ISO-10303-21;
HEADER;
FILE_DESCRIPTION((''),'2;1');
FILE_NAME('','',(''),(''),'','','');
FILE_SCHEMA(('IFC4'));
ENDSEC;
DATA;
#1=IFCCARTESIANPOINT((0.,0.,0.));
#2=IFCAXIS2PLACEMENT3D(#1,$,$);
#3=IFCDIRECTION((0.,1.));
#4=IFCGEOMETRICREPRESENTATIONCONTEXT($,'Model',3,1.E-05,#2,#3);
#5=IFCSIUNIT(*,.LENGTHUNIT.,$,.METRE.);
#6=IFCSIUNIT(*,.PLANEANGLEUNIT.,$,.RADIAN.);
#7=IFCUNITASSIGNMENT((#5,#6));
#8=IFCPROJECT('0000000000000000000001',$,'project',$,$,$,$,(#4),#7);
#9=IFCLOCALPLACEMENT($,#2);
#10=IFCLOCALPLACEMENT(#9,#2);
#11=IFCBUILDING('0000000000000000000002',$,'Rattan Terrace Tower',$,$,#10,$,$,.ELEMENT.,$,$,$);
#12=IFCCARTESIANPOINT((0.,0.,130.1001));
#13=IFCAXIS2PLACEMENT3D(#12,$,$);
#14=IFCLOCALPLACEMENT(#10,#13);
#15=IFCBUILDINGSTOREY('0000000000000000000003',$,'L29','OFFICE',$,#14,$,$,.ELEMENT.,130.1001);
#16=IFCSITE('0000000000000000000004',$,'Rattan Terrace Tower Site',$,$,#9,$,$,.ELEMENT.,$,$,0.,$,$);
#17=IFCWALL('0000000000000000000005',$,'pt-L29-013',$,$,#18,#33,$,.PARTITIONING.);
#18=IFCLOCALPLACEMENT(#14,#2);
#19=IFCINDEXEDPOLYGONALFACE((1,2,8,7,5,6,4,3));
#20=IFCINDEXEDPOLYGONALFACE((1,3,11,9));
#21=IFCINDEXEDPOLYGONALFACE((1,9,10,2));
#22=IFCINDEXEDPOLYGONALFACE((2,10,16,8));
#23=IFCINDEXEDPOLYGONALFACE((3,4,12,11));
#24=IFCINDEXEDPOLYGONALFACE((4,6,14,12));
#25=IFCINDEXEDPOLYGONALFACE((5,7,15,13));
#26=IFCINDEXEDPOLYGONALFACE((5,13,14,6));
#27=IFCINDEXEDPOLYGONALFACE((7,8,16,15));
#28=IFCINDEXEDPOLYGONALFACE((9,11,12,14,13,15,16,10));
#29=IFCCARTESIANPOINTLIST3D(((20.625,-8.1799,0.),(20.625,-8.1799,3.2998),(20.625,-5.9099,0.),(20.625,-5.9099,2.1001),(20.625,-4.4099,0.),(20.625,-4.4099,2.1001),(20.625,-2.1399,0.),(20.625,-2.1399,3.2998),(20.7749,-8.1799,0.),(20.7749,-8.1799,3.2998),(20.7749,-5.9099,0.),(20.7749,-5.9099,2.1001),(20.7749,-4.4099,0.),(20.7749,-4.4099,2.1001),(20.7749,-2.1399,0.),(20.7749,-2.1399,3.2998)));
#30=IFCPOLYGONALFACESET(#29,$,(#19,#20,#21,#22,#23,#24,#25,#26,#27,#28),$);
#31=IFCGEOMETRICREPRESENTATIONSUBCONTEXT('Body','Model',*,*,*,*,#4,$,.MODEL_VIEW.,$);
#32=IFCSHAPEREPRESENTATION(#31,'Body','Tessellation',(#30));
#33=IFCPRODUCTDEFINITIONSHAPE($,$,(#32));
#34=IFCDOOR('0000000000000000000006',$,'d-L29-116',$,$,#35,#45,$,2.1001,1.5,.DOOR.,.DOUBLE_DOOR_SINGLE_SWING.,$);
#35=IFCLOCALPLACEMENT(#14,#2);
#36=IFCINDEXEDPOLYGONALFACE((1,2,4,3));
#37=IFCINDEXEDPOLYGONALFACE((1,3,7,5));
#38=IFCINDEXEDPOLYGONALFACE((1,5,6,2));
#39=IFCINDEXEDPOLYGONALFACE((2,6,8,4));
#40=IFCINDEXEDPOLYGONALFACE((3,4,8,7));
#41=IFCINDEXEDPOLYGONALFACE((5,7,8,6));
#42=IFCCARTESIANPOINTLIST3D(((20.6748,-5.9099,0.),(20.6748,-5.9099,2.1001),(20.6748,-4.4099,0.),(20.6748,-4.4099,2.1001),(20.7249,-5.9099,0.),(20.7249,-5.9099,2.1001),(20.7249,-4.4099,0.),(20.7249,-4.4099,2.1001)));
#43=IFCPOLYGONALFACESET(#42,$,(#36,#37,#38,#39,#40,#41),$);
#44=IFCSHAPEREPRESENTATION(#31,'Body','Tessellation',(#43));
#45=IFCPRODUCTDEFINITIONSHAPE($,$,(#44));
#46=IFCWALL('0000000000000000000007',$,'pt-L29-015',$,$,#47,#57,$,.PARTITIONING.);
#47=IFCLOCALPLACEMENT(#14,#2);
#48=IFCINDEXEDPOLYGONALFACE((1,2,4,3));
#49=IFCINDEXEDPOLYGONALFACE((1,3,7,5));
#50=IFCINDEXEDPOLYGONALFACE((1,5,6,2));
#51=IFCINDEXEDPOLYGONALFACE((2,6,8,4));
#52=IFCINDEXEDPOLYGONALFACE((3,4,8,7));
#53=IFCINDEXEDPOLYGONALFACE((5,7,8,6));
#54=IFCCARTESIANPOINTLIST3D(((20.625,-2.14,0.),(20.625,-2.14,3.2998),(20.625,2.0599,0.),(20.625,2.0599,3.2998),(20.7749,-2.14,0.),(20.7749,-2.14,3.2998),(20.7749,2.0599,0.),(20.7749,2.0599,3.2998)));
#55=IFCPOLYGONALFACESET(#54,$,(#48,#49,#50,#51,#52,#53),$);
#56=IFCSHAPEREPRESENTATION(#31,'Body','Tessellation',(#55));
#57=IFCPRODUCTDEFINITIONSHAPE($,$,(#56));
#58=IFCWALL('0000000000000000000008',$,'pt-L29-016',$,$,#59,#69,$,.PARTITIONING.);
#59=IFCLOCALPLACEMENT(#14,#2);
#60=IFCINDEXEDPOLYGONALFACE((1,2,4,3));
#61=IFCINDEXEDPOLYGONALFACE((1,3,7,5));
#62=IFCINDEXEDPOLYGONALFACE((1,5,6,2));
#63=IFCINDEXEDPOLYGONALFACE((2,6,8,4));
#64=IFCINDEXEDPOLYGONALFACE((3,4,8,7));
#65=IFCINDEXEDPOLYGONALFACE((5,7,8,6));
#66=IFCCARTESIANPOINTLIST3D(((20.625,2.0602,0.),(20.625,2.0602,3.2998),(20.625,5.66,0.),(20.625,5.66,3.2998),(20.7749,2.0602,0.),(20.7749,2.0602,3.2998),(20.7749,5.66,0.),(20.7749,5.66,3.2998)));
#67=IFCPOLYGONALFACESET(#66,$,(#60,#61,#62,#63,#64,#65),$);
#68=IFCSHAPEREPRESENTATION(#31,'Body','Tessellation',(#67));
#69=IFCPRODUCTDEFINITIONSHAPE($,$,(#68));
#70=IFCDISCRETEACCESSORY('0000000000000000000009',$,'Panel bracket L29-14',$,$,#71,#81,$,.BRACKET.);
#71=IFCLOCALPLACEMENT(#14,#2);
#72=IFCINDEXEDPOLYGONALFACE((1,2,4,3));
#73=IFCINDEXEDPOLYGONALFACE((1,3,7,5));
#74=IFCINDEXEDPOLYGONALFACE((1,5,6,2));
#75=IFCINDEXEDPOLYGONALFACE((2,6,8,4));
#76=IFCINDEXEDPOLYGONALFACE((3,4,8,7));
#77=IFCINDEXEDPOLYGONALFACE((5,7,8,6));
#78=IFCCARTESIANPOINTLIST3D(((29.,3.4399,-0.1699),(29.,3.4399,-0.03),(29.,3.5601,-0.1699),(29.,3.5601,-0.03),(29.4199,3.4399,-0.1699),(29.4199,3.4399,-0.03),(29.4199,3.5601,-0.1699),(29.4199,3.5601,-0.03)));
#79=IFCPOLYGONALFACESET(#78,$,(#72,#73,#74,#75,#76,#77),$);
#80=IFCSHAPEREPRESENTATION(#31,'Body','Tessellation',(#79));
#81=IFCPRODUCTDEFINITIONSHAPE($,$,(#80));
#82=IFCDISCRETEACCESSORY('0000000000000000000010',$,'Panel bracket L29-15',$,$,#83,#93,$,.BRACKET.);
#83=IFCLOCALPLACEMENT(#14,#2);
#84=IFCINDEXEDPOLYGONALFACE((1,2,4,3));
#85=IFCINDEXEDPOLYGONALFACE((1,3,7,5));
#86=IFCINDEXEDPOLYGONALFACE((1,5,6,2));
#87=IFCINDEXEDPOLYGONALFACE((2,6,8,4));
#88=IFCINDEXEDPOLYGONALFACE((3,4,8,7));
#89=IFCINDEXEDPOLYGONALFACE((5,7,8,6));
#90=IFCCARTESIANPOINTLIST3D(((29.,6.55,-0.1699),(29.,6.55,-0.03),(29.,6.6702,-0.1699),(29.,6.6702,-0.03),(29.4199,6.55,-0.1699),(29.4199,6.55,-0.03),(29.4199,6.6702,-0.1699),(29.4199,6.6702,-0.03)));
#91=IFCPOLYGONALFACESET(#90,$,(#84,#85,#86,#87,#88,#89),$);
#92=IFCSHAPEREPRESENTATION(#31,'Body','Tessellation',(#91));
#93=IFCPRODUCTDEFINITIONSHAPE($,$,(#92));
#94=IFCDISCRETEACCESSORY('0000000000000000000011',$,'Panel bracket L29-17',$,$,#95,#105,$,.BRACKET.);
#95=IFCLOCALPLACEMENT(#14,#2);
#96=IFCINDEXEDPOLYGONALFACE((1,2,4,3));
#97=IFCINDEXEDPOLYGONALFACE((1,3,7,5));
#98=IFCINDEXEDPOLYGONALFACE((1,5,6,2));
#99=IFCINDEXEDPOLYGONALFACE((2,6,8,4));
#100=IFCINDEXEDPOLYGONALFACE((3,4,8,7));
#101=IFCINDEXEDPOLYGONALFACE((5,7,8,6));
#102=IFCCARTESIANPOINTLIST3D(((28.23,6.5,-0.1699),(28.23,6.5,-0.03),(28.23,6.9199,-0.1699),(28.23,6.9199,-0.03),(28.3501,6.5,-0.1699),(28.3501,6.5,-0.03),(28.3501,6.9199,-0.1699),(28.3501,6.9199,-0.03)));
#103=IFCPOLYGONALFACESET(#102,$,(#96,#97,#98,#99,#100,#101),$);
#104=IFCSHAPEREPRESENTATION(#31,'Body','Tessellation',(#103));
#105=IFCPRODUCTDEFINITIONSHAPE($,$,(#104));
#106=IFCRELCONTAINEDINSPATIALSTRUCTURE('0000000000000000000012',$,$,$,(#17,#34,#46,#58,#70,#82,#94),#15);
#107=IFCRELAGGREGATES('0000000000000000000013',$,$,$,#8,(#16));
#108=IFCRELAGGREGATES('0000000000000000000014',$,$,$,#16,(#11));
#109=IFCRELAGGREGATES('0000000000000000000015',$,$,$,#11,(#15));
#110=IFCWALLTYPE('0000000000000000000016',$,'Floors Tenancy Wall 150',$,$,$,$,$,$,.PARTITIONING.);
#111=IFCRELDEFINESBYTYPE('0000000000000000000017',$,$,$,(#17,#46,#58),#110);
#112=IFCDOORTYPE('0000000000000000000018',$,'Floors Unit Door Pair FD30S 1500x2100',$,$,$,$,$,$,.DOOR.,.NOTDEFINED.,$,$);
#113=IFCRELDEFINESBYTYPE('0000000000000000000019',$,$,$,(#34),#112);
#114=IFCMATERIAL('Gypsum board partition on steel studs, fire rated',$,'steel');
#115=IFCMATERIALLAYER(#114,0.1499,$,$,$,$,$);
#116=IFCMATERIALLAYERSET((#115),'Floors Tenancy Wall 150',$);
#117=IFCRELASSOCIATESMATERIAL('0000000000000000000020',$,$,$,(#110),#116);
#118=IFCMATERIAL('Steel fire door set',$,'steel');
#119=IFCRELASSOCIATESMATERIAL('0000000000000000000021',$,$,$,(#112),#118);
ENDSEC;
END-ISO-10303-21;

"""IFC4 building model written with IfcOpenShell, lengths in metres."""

from ifc_helpers import new_model, si_unit, direction, frame, frame_2d, origin, origin_2d, place, context, subcontext, project, spatial, rectangle, extrude, material, layer, layer_set, type_object, element, fill, save


model = new_model("IFC4")

# Units and contexts
model_context = context("Model", 3, precision=1e-05, world=origin(), true_north=direction((0.0, 1.0)))
body_context = subcontext(model_context, "Body", "Model", "MODEL_VIEW")
ifc_project = project(units=[si_unit("LENGTHUNIT", "METRE"), si_unit("PLANEANGLEUNIT", "RADIAN")], contexts=[model_context])

# Site, building, storey
site_placement = place(None, origin())
site = spatial("IfcSite", under=ifc_project, at=site_placement, Name="Rattan Terrace Tower Site", CompositionType="ELEMENT", RefElevation=0.0)
building_placement = place(site_placement, origin())
building = spatial("IfcBuilding", under=site, at=building_placement, Name="Rattan Terrace Tower", CompositionType="ELEMENT")
storey_placement = place(building_placement, frame((0.0, 0.0, 130.1001)))
storey = spatial("IfcBuildingStorey", under=building, at=storey_placement, Name="L29", Description="OFFICE", CompositionType="ELEMENT", Elevation=130.1001)

# Wall, opening, door
ifc_material_1 = material(Name="Gypsum board partition on steel studs, fire rated", Category="steel")
ifc_layer_1 = layer(ifc_material_1, 0.1499)
ifc_layer_set_1 = layer_set([ifc_layer_1], Name="Floors Tenancy Wall 150")
wall_type_1 = type_object("IfcWallType", Name="Floors Tenancy Wall 150", PredefinedType="PARTITIONING", material=ifc_layer_set_1)
wall_1_placement = place(storey_placement, frame((20.7, -2.1399, 0.0), z_axis=(0.0, 0.0, 1.0), x_axis=(0.0, -1.0, 0.0)))
wall_1 = element("IfcWall", 1, at=wall_1_placement, inside=storey, type_object=wall_type_1, Name="pt-L29-013", PredefinedType="PARTITIONING", context=body_context, shape_type="SweptSolid", body=[
    extrude(rectangle(XDim=6.04, YDim=0.1499, at=frame_2d((3.02, 0.0))), origin(), (0.0, 0.0, 1.0), 3.2998),
])
opening_1_placement = place(wall_1_placement, frame((2.27, 0.0, 0.0)))
opening_1 = element("IfcOpeningElement", 2, at=opening_1_placement, cuts=wall_1, PredefinedType="OPENING", context=body_context, shape_type="SweptSolid", body=[
    extrude(rectangle(XDim=1.5, YDim=2.1001, at=frame_2d((0.75, 1.05))), frame((0.0, 0.0854, 0.0), z_axis=(0.0, -1.0, 0.0), x_axis=(1.0, 0.0, 0.0)), (0.0, 0.0, 1.0), 0.1709),
])
ifc_material_2 = material(Name="Steel fire door set", Category="steel")
door_type_1 = type_object("IfcDoorType", Name="Floors Unit Door Pair FD30S 1500x2100", OperationType="NOTDEFINED", PredefinedType="DOOR", material=ifc_material_2)
door_1_placement = place(opening_1_placement, origin())
door_1 = element("IfcDoor", 3, at=door_1_placement, inside=storey, type_object=door_type_1, Name="d-L29-116", OperationType="DOUBLE_DOOR_SINGLE_SWING", OverallHeight=2.1001, OverallWidth=1.5, PredefinedType="DOOR", context=body_context, shape_type="SweptSolid", body=[
    extrude(rectangle(XDim=1.5, YDim=2.1001, at=frame_2d((0.75, 1.05))), frame((0.0, 0.0249, 0.0), z_axis=(0.0, -1.0, 0.0), x_axis=(1.0, 0.0, 0.0)), (0.0, 0.0, 1.0), 0.05),
])
fill(opening_1, door_1)

# Walls
wall_2_placement = place(storey_placement, frame((20.7, 2.0601, 0.0), z_axis=(0.0, 0.0, 1.0), x_axis=(0.0, -1.0, 0.0)))
element("IfcWall", 4, at=wall_2_placement, inside=storey, type_object=wall_type_1, Name="pt-L29-015", PredefinedType="PARTITIONING", context=body_context, shape_type="SweptSolid", body=[
    extrude(rectangle(XDim=4.2, YDim=0.1499, at=frame_2d((2.1001, 0.0))), origin(), (0.0, 0.0, 1.0), 3.2998),
])
wall_3_placement = place(storey_placement, frame((20.7, 5.6599, 0.0), z_axis=(0.0, 0.0, 1.0), x_axis=(0.0, -1.0, 0.0)))
element("IfcWall", 5, at=wall_3_placement, inside=storey, type_object=wall_type_1, Name="pt-L29-016", PredefinedType="PARTITIONING", context=body_context, shape_type="SweptSolid", body=[
    extrude(rectangle(XDim=3.5999, YDim=0.1499, at=frame_2d((1.7998, 0.0))), origin(), (0.0, 0.0, 1.0), 3.2998),
])

# Discrete accessories
for number, where, z_axis, x_axis, name in (
    (6, (29.21, 3.5, -0.1699), (0.0, 0.0, 1.0), (0.0, 1.0, 0.0), "Panel bracket L29-14"),
    (7, (29.21, 6.6101, -0.1699), (0.0, 0.0, 1.0), (0.0, 1.0, 0.0), "Panel bracket L29-15"),
    (8, (28.29, 6.71, -0.1699), (0.0, 0.0, 1.0), (-1.0, 0.0, 0.0), "Panel bracket L29-17"),
):
    element("IfcDiscreteAccessory", number, at=place(storey_placement, frame(where, z_axis=z_axis, x_axis=x_axis)), inside=storey, Name=name, PredefinedType="BRACKET", context=body_context, shape_type="SweptSolid", body=[
        extrude(rectangle(XDim=0.1201, YDim=0.4199, at=origin_2d()), origin(), (0.0, 0.0, 1.0), 0.1399),
    ])

save(model, "model.ifc")
